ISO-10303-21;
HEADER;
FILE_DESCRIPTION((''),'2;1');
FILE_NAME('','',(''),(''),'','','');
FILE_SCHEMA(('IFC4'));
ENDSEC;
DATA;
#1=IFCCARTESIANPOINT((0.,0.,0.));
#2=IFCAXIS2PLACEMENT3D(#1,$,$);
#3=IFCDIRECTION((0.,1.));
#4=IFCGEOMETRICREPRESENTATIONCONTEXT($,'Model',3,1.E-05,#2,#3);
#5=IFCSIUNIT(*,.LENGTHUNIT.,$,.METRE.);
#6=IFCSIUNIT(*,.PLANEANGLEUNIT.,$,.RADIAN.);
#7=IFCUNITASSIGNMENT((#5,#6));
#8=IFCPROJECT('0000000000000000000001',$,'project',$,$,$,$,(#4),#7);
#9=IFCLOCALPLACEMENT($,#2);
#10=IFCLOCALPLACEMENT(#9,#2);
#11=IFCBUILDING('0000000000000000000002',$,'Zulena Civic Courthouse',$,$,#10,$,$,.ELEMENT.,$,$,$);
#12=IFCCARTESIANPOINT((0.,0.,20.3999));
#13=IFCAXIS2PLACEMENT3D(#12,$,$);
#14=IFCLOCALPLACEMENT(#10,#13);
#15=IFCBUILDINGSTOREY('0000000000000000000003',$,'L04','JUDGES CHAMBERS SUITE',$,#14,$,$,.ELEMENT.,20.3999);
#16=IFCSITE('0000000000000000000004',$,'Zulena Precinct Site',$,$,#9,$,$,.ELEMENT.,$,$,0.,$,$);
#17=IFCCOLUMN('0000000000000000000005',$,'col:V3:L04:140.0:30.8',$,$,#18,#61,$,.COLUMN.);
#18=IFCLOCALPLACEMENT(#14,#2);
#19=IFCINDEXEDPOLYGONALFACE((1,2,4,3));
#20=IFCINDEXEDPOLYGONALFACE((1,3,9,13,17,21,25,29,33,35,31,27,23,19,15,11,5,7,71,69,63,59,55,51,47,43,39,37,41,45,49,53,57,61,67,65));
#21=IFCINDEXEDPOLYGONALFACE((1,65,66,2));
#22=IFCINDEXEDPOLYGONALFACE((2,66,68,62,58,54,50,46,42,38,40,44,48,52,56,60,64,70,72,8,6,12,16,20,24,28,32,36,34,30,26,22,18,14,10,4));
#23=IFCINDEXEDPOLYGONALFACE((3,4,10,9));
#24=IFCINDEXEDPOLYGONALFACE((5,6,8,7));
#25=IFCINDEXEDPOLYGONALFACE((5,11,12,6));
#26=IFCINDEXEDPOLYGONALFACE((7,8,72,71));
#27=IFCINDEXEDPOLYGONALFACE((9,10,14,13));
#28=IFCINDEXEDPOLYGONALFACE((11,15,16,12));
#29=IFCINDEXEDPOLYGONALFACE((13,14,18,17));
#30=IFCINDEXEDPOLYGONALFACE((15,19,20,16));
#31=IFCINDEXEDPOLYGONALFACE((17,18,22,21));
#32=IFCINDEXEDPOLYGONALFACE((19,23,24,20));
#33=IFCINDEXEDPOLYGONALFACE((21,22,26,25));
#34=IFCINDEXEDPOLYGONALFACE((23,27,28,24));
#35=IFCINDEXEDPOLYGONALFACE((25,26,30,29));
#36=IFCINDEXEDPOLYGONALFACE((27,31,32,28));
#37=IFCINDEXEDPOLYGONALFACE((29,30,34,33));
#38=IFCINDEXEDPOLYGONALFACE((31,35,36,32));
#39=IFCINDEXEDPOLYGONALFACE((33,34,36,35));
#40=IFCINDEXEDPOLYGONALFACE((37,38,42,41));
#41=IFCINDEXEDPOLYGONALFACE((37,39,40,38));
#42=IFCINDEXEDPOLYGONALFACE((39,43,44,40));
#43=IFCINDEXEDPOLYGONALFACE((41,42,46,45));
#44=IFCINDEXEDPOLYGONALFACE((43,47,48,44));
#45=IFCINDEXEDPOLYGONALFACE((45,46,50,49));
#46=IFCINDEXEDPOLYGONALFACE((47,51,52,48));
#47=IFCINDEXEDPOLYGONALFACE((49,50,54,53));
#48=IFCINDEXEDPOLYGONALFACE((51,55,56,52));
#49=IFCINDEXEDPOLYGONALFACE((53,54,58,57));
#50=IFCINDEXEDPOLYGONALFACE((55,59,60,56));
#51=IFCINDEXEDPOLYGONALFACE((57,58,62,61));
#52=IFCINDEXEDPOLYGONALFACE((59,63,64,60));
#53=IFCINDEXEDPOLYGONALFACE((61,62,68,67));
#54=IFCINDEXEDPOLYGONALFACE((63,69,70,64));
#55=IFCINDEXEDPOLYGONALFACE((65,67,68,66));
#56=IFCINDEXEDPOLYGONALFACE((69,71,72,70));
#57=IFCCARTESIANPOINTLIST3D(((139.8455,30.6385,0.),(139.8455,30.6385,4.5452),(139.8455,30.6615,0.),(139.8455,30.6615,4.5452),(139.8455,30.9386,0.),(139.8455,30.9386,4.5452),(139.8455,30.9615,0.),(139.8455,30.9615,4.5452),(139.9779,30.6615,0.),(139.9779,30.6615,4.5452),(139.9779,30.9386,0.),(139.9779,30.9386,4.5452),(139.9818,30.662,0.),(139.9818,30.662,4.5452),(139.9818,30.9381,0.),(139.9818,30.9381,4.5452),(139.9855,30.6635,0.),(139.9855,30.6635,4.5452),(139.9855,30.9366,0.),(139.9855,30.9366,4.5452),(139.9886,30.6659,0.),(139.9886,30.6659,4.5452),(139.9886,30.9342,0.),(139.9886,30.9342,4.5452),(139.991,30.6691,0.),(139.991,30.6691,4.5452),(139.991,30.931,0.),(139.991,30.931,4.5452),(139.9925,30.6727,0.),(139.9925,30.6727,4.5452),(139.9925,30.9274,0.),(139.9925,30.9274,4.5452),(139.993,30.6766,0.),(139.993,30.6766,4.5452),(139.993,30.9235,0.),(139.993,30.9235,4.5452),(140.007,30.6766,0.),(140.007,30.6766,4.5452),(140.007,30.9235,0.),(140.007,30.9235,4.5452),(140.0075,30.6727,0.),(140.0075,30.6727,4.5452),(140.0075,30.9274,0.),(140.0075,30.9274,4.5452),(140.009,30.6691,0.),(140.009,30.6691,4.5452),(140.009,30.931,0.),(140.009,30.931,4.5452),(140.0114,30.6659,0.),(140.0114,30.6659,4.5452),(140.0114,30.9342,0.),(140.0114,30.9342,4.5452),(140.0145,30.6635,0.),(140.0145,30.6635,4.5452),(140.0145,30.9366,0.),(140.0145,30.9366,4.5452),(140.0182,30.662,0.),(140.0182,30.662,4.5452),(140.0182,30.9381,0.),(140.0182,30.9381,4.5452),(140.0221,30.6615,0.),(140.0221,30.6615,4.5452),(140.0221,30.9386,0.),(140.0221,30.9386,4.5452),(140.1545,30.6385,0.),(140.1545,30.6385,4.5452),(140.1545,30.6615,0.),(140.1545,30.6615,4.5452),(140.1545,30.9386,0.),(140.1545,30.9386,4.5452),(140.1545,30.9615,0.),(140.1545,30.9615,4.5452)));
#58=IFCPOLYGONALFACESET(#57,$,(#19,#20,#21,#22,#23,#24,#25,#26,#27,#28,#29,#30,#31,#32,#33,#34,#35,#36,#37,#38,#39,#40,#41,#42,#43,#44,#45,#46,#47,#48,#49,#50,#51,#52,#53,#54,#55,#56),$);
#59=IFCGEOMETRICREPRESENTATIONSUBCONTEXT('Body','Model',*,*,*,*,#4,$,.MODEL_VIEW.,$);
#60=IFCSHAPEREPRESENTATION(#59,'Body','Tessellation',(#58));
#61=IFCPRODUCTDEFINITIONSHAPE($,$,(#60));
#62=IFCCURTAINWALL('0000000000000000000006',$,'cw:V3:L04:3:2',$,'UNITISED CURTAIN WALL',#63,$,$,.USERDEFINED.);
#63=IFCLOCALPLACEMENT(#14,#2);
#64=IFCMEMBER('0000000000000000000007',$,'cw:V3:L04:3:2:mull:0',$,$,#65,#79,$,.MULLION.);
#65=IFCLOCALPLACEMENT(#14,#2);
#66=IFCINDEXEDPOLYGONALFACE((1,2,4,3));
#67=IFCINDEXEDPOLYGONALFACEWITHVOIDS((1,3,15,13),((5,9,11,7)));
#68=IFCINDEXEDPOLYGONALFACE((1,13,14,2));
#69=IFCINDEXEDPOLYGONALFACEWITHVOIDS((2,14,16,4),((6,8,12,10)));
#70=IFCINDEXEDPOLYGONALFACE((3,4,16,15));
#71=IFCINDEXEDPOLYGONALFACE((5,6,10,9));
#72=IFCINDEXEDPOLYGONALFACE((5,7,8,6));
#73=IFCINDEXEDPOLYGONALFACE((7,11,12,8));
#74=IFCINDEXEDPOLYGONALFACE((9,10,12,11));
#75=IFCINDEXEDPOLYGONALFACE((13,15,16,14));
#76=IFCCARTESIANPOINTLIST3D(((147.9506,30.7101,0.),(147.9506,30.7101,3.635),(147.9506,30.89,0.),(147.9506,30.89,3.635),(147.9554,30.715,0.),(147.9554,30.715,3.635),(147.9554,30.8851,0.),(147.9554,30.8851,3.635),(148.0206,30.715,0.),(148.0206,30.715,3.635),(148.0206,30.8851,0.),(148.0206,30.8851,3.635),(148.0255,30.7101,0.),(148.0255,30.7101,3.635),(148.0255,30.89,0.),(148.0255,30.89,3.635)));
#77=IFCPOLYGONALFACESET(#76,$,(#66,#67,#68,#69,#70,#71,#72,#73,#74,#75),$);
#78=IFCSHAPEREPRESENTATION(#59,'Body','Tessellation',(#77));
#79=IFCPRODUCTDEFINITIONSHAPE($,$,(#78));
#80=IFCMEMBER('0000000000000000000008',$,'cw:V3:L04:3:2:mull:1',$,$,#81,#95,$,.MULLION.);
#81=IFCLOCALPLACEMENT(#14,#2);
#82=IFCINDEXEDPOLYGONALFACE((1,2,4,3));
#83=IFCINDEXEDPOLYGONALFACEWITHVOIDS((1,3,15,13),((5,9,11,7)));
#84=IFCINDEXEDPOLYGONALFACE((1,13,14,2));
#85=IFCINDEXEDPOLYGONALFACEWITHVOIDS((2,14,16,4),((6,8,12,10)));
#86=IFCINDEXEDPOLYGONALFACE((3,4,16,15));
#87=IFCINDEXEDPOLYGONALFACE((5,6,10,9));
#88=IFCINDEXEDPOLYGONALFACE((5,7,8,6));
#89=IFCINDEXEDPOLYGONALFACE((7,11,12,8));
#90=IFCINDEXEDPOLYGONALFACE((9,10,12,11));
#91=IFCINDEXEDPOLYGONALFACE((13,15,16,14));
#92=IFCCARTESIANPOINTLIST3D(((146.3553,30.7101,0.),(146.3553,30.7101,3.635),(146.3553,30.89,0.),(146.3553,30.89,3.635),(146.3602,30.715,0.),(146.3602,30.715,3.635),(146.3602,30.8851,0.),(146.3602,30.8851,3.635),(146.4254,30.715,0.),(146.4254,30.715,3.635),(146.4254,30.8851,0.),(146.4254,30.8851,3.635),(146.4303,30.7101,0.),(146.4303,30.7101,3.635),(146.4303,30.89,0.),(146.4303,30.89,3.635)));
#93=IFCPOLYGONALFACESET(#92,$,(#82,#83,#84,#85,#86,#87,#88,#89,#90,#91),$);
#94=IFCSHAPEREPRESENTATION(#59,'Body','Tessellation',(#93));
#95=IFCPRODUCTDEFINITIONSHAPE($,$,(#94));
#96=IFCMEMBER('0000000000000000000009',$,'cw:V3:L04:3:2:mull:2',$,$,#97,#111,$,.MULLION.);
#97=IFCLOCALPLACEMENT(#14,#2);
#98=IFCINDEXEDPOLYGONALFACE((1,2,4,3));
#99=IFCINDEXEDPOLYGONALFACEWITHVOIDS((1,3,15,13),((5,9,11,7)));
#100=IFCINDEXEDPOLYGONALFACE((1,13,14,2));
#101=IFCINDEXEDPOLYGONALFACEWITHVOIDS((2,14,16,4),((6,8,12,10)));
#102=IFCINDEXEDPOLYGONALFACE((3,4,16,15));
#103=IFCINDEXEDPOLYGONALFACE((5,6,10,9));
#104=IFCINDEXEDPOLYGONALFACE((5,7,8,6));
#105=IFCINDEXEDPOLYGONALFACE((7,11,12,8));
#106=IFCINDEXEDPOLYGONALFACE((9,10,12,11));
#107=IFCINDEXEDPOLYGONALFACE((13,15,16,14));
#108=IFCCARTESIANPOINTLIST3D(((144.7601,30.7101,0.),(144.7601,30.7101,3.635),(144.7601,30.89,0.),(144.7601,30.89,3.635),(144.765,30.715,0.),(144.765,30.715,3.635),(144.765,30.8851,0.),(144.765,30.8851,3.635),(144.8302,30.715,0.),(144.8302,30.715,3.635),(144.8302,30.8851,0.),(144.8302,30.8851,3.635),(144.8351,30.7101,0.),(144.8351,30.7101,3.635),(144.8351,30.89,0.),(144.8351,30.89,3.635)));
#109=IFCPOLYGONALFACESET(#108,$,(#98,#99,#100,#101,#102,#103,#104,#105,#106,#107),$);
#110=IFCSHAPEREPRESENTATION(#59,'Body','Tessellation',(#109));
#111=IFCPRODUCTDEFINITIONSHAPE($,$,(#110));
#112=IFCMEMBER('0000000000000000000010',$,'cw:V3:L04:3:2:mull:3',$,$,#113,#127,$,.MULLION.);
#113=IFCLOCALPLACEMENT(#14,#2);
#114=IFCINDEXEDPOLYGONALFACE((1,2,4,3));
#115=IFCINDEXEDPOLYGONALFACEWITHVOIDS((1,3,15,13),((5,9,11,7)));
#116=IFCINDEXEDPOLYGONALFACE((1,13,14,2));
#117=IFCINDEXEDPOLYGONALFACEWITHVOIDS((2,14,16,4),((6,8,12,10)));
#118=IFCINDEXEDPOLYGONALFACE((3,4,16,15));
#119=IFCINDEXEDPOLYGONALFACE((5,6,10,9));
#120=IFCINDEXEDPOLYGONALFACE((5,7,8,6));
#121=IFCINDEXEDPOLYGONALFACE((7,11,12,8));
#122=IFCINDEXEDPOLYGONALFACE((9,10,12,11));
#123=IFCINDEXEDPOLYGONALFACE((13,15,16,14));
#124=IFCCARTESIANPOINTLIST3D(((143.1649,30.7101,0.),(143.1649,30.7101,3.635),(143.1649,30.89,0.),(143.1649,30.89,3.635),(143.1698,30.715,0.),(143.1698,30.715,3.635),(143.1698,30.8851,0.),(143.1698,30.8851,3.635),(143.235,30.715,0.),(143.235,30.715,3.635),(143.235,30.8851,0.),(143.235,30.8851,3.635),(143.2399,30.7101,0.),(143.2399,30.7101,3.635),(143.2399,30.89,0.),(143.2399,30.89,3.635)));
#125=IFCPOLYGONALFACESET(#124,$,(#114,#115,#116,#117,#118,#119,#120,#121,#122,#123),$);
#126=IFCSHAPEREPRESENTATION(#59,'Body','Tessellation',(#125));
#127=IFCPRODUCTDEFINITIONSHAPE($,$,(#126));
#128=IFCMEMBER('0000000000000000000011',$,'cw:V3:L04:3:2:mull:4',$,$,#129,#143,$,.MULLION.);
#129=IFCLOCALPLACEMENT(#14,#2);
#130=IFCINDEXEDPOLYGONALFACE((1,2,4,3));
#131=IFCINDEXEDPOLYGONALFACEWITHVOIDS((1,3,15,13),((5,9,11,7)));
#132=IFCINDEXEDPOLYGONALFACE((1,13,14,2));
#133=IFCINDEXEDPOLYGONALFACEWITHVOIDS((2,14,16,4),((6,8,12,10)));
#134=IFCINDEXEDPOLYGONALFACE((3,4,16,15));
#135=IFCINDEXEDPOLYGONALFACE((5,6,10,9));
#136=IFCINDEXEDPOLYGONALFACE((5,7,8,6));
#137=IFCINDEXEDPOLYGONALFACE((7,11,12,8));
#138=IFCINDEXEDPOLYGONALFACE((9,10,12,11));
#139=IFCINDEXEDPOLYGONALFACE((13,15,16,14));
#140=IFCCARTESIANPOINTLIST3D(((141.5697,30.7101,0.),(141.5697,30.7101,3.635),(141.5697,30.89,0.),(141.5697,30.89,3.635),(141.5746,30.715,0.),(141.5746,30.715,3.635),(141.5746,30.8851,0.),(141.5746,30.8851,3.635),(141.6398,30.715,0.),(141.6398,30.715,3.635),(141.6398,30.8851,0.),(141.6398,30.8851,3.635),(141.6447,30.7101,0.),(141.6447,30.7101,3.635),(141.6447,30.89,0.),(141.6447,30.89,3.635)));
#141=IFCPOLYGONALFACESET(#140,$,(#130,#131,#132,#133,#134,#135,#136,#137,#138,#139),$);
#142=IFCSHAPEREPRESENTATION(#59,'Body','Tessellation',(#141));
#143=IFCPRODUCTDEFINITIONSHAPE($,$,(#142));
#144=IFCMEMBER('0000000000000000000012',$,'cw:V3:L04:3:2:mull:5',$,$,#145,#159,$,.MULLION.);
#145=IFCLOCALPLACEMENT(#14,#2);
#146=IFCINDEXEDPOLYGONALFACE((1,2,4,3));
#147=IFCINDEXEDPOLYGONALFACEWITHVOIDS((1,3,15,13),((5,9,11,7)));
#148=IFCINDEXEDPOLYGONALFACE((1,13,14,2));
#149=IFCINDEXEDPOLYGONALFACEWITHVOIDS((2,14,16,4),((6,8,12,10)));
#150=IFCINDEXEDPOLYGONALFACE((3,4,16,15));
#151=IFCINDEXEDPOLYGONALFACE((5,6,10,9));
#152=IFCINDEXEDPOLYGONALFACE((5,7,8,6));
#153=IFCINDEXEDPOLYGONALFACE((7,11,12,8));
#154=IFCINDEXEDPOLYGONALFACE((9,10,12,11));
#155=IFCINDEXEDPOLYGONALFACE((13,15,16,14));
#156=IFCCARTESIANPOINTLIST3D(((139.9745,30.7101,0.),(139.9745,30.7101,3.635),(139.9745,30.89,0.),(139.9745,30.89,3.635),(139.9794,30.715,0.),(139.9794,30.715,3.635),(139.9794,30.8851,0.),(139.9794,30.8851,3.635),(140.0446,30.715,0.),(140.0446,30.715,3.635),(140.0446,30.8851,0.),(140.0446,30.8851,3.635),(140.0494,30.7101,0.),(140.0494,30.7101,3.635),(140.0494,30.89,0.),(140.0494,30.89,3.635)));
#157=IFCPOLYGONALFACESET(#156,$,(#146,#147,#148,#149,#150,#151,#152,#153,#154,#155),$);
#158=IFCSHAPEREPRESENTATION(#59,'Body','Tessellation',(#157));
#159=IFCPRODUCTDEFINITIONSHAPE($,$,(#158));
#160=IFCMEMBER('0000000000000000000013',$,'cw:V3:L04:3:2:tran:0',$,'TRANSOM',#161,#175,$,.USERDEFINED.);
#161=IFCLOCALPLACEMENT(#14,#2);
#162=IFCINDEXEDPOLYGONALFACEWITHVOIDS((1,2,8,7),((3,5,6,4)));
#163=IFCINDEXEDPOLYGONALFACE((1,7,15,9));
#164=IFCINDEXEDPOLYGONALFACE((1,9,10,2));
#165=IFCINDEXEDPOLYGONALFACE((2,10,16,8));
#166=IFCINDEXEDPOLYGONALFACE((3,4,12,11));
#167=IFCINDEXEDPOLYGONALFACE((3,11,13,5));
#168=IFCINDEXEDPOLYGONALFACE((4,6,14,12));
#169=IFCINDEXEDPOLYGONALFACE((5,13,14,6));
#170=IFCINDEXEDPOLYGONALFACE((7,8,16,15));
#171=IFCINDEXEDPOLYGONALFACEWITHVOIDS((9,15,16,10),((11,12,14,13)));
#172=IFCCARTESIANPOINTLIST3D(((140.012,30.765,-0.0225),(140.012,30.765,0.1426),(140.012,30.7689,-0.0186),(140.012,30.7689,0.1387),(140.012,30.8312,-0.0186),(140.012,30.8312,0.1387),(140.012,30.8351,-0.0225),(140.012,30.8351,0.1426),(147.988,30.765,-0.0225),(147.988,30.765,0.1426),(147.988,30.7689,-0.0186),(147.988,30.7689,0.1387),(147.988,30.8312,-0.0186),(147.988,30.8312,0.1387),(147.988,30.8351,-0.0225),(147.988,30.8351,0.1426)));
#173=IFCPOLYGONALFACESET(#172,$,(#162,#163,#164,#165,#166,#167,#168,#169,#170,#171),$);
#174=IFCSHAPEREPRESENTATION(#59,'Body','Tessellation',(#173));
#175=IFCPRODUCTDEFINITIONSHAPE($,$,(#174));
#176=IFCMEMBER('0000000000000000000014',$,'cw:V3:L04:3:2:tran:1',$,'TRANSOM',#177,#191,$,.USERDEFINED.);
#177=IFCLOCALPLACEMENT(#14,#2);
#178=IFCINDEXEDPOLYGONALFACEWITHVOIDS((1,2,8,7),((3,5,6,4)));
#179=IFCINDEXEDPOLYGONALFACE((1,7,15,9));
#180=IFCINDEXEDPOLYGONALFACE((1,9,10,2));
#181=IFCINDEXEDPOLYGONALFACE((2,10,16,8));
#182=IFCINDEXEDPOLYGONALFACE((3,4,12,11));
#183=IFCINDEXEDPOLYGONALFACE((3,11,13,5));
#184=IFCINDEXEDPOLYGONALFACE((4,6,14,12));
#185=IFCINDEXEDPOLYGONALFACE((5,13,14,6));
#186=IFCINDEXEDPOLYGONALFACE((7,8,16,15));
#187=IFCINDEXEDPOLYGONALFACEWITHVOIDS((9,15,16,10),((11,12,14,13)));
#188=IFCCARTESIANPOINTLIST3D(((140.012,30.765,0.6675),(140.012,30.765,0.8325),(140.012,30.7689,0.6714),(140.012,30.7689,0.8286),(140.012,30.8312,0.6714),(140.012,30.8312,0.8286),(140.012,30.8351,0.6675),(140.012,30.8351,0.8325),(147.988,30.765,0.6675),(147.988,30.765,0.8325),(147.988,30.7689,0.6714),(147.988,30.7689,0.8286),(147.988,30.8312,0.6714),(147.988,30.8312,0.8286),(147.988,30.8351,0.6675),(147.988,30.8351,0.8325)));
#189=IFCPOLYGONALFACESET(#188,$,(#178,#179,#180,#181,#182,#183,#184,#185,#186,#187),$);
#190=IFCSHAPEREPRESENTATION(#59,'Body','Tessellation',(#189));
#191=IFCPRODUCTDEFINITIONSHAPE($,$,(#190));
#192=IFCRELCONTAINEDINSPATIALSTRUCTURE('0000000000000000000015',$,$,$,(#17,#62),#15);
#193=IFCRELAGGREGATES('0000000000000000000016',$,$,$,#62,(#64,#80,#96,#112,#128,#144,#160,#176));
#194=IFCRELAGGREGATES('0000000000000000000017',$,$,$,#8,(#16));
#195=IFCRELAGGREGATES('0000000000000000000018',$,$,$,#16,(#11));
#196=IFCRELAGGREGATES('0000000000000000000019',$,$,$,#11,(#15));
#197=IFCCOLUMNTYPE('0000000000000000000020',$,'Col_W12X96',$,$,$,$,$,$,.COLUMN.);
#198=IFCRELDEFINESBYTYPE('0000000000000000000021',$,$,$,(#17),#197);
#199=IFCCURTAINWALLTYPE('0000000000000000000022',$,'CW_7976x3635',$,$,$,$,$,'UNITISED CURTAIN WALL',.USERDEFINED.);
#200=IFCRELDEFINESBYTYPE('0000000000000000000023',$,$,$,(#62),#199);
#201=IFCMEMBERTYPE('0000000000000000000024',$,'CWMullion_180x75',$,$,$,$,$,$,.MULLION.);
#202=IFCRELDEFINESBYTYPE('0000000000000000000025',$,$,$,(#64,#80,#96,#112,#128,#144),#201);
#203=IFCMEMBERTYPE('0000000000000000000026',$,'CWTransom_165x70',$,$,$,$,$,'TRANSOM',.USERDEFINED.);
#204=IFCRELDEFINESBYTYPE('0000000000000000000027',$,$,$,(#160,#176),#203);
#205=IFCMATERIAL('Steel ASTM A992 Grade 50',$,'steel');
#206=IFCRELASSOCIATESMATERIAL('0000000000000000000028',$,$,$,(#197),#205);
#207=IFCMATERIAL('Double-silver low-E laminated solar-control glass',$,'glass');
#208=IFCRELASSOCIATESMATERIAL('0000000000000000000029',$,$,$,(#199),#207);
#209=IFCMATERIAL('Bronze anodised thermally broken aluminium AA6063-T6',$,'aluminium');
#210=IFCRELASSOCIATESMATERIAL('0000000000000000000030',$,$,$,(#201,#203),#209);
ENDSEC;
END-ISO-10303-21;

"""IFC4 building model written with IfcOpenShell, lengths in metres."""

from ifc_helpers import new_model, si_unit, direction, frame, origin, origin_2d, place, context, subcontext, project, spatial, hollow_rectangle, i_section, extrude, material, material_profile, profile_set, type_object, element, aggregate, save


model = new_model("IFC4")

# Units and contexts
model_context = context("Model", 3, precision=1e-05, world=origin(), true_north=direction((0.0, 1.0)))
body_context = subcontext(model_context, "Body", "Model", "MODEL_VIEW")
ifc_project = project(units=[si_unit("LENGTHUNIT", "METRE"), si_unit("PLANEANGLEUNIT", "RADIAN")], contexts=[model_context])

# Site, building, storey
site_placement = place(None, origin())
site = spatial("IfcSite", under=ifc_project, at=site_placement, Name="Zulena Precinct Site", CompositionType="ELEMENT", RefElevation=0.0)
building_placement = place(site_placement, origin())
building = spatial("IfcBuilding", under=site, at=building_placement, Name="Zulena Civic Courthouse", CompositionType="ELEMENT")
storey_placement = place(building_placement, frame((0.0, 0.0, 20.3999)))
storey = spatial("IfcBuildingStorey", under=building, at=storey_placement, Name="L04", Description="JUDGES CHAMBERS SUITE", CompositionType="ELEMENT", Elevation=20.3999)

# Column
ifc_material_1 = material(Name="Steel ASTM A992 Grade 50", Category="steel")
ifc_material_profile_1 = material_profile(ifc_material_1, i_section(OverallWidth=0.3091, OverallDepth=0.323, WebThickness=0.0139, FlangeThickness=0.0229, FilletRadius=0.0151, at=origin_2d()), Name="W12X96")
ifc_profile_set_1 = profile_set([ifc_material_profile_1], Name="Steel ASTM A992 Grade 50")
column_type = type_object("IfcColumnType", Name="Col_W12X96", PredefinedType="COLUMN", material=ifc_profile_set_1)
column_placement = place(storey_placement, frame((140.0, 30.8, 0.0), z_axis=(0.0, 0.0, 1.0), x_axis=(1.0, 0.0, 0.0)))
element("IfcColumn", 1, at=column_placement, inside=storey, type_object=column_type, Name="col:V3:L04:140.0:30.8", PredefinedType="COLUMN", context=body_context, shape_type="SweptSolid", body=[
    extrude(i_section(OverallWidth=0.3091, OverallDepth=0.323, WebThickness=0.0139, FlangeThickness=0.0229, FilletRadius=0.0151, at=origin_2d()), origin(), (0.0, 0.0, 1.0), 4.5452),
])

# Curtain wall, members
ifc_material_2 = material(Name="Double-silver low-E laminated solar-control glass", Category="glass")
curtain_wall_type = type_object("IfcCurtainWallType", Name="CW_7976x3635", ElementType="UNITISED CURTAIN WALL", PredefinedType="USERDEFINED", material=ifc_material_2)
curtain_wall_1_placement = place(storey_placement, origin())
curtain_wall_1 = element("IfcCurtainWall", 2, at=curtain_wall_1_placement, inside=storey, type_object=curtain_wall_type, Name="cw:V3:L04:3:2", ObjectType="UNITISED CURTAIN WALL", PredefinedType="USERDEFINED")
ifc_material_3 = material(Name="Bronze anodised thermally broken aluminium AA6063-T6", Category="aluminium")
ifc_material_profile_2 = material_profile(ifc_material_3, hollow_rectangle(XDim=0.075, YDim=0.1799, WallThickness=0.0049, at=origin_2d()), Name="CWM180X75X5")
ifc_profile_set_2 = profile_set([ifc_material_profile_2], Name="Bronze anodised thermally broken aluminium AA6063-T6")
member_type_1 = type_object("IfcMemberType", Name="CWMullion_180x75", PredefinedType="MULLION", material=ifc_profile_set_2)
member_1_placement = place(storey_placement, frame((147.988, 30.8, 0.0), z_axis=(0.0, 0.0, 1.0), x_axis=(1.0, 0.0, 0.0)))
member_1 = element("IfcMember", 3, at=member_1_placement, type_object=member_type_1, Name="cw:V3:L04:3:2:mull:0", PredefinedType="MULLION", context=body_context, shape_type="SweptSolid", body=[
    extrude(hollow_rectangle(XDim=0.075, YDim=0.1799, WallThickness=0.0049, at=origin_2d()), origin(), (0.0, 0.0, 1.0), 3.635),
])
member_2_placement = place(storey_placement, frame((146.3928, 30.8, 0.0), z_axis=(0.0, 0.0, 1.0), x_axis=(1.0, 0.0, 0.0)))
member_2 = element("IfcMember", 4, at=member_2_placement, type_object=member_type_1, Name="cw:V3:L04:3:2:mull:1", PredefinedType="MULLION", context=body_context, shape_type="SweptSolid", body=[
    extrude(hollow_rectangle(XDim=0.075, YDim=0.1799, WallThickness=0.0049, at=origin_2d()), origin(), (0.0, 0.0, 1.0), 3.635),
])
member_3_placement = place(storey_placement, frame((144.7976, 30.8, 0.0), z_axis=(0.0, 0.0, 1.0), x_axis=(1.0, 0.0, 0.0)))
member_3 = element("IfcMember", 5, at=member_3_placement, type_object=member_type_1, Name="cw:V3:L04:3:2:mull:2", PredefinedType="MULLION", context=body_context, shape_type="SweptSolid", body=[
    extrude(hollow_rectangle(XDim=0.075, YDim=0.1799, WallThickness=0.0049, at=origin_2d()), origin(), (0.0, 0.0, 1.0), 3.635),
])
member_4_placement = place(storey_placement, frame((143.2024, 30.8, 0.0), z_axis=(0.0, 0.0, 1.0), x_axis=(1.0, 0.0, 0.0)))
member_4 = element("IfcMember", 6, at=member_4_placement, type_object=member_type_1, Name="cw:V3:L04:3:2:mull:3", PredefinedType="MULLION", context=body_context, shape_type="SweptSolid", body=[
    extrude(hollow_rectangle(XDim=0.075, YDim=0.1799, WallThickness=0.0049, at=origin_2d()), origin(), (0.0, 0.0, 1.0), 3.635),
])
member_5_placement = place(storey_placement, frame((141.6072, 30.8, 0.0), z_axis=(0.0, 0.0, 1.0), x_axis=(1.0, 0.0, 0.0)))
member_5 = element("IfcMember", 7, at=member_5_placement, type_object=member_type_1, Name="cw:V3:L04:3:2:mull:4", PredefinedType="MULLION", context=body_context, shape_type="SweptSolid", body=[
    extrude(hollow_rectangle(XDim=0.075, YDim=0.1799, WallThickness=0.0049, at=origin_2d()), origin(), (0.0, 0.0, 1.0), 3.635),
])
member_6_placement = place(storey_placement, frame((140.012, 30.8, 0.0), z_axis=(0.0, 0.0, 1.0), x_axis=(1.0, 0.0, 0.0)))
member_6 = element("IfcMember", 8, at=member_6_placement, type_object=member_type_1, Name="cw:V3:L04:3:2:mull:5", PredefinedType="MULLION", context=body_context, shape_type="SweptSolid", body=[
    extrude(hollow_rectangle(XDim=0.075, YDim=0.1799, WallThickness=0.0049, at=origin_2d()), origin(), (0.0, 0.0, 1.0), 3.635),
])
ifc_material_profile_3 = material_profile(ifc_material_3, hollow_rectangle(XDim=0.0701, YDim=0.165, WallThickness=0.0039, at=origin_2d()), Name="CWT165X70X4")
ifc_profile_set_3 = profile_set([ifc_material_profile_3], Name="Bronze anodised thermally broken aluminium AA6063-T6")
member_type_2 = type_object("IfcMemberType", Name="CWTransom_165x70", ElementType="TRANSOM", PredefinedType="USERDEFINED", material=ifc_profile_set_3)
member_7_placement = place(storey_placement, frame((147.988, 30.8, 0.0601), z_axis=(-1.0, 0.0, 0.0), x_axis=(0.0, -1.0, 0.0)))
member_7 = element("IfcMember", 9, at=member_7_placement, type_object=member_type_2, Name="cw:V3:L04:3:2:tran:0", ObjectType="TRANSOM", PredefinedType="USERDEFINED", context=body_context, shape_type="SweptSolid", body=[
    extrude(hollow_rectangle(XDim=0.0701, YDim=0.165, WallThickness=0.0039, at=origin_2d()), origin(), (0.0, 0.0, 1.0), 7.9761),
])
member_8_placement = place(storey_placement, frame((147.988, 30.8, 0.75), z_axis=(-1.0, 0.0, 0.0), x_axis=(0.0, -1.0, 0.0)))
member_8 = element("IfcMember", 10, at=member_8_placement, type_object=member_type_2, Name="cw:V3:L04:3:2:tran:1", ObjectType="TRANSOM", PredefinedType="USERDEFINED", context=body_context, shape_type="SweptSolid", body=[
    extrude(hollow_rectangle(XDim=0.0701, YDim=0.165, WallThickness=0.0039, at=origin_2d()), origin(), (0.0, 0.0, 1.0), 7.9761),
])

aggregate(curtain_wall_1, [member_1, member_2, member_3, member_4, member_5, member_6, member_7, member_8])

save(model, "model.ifc")
